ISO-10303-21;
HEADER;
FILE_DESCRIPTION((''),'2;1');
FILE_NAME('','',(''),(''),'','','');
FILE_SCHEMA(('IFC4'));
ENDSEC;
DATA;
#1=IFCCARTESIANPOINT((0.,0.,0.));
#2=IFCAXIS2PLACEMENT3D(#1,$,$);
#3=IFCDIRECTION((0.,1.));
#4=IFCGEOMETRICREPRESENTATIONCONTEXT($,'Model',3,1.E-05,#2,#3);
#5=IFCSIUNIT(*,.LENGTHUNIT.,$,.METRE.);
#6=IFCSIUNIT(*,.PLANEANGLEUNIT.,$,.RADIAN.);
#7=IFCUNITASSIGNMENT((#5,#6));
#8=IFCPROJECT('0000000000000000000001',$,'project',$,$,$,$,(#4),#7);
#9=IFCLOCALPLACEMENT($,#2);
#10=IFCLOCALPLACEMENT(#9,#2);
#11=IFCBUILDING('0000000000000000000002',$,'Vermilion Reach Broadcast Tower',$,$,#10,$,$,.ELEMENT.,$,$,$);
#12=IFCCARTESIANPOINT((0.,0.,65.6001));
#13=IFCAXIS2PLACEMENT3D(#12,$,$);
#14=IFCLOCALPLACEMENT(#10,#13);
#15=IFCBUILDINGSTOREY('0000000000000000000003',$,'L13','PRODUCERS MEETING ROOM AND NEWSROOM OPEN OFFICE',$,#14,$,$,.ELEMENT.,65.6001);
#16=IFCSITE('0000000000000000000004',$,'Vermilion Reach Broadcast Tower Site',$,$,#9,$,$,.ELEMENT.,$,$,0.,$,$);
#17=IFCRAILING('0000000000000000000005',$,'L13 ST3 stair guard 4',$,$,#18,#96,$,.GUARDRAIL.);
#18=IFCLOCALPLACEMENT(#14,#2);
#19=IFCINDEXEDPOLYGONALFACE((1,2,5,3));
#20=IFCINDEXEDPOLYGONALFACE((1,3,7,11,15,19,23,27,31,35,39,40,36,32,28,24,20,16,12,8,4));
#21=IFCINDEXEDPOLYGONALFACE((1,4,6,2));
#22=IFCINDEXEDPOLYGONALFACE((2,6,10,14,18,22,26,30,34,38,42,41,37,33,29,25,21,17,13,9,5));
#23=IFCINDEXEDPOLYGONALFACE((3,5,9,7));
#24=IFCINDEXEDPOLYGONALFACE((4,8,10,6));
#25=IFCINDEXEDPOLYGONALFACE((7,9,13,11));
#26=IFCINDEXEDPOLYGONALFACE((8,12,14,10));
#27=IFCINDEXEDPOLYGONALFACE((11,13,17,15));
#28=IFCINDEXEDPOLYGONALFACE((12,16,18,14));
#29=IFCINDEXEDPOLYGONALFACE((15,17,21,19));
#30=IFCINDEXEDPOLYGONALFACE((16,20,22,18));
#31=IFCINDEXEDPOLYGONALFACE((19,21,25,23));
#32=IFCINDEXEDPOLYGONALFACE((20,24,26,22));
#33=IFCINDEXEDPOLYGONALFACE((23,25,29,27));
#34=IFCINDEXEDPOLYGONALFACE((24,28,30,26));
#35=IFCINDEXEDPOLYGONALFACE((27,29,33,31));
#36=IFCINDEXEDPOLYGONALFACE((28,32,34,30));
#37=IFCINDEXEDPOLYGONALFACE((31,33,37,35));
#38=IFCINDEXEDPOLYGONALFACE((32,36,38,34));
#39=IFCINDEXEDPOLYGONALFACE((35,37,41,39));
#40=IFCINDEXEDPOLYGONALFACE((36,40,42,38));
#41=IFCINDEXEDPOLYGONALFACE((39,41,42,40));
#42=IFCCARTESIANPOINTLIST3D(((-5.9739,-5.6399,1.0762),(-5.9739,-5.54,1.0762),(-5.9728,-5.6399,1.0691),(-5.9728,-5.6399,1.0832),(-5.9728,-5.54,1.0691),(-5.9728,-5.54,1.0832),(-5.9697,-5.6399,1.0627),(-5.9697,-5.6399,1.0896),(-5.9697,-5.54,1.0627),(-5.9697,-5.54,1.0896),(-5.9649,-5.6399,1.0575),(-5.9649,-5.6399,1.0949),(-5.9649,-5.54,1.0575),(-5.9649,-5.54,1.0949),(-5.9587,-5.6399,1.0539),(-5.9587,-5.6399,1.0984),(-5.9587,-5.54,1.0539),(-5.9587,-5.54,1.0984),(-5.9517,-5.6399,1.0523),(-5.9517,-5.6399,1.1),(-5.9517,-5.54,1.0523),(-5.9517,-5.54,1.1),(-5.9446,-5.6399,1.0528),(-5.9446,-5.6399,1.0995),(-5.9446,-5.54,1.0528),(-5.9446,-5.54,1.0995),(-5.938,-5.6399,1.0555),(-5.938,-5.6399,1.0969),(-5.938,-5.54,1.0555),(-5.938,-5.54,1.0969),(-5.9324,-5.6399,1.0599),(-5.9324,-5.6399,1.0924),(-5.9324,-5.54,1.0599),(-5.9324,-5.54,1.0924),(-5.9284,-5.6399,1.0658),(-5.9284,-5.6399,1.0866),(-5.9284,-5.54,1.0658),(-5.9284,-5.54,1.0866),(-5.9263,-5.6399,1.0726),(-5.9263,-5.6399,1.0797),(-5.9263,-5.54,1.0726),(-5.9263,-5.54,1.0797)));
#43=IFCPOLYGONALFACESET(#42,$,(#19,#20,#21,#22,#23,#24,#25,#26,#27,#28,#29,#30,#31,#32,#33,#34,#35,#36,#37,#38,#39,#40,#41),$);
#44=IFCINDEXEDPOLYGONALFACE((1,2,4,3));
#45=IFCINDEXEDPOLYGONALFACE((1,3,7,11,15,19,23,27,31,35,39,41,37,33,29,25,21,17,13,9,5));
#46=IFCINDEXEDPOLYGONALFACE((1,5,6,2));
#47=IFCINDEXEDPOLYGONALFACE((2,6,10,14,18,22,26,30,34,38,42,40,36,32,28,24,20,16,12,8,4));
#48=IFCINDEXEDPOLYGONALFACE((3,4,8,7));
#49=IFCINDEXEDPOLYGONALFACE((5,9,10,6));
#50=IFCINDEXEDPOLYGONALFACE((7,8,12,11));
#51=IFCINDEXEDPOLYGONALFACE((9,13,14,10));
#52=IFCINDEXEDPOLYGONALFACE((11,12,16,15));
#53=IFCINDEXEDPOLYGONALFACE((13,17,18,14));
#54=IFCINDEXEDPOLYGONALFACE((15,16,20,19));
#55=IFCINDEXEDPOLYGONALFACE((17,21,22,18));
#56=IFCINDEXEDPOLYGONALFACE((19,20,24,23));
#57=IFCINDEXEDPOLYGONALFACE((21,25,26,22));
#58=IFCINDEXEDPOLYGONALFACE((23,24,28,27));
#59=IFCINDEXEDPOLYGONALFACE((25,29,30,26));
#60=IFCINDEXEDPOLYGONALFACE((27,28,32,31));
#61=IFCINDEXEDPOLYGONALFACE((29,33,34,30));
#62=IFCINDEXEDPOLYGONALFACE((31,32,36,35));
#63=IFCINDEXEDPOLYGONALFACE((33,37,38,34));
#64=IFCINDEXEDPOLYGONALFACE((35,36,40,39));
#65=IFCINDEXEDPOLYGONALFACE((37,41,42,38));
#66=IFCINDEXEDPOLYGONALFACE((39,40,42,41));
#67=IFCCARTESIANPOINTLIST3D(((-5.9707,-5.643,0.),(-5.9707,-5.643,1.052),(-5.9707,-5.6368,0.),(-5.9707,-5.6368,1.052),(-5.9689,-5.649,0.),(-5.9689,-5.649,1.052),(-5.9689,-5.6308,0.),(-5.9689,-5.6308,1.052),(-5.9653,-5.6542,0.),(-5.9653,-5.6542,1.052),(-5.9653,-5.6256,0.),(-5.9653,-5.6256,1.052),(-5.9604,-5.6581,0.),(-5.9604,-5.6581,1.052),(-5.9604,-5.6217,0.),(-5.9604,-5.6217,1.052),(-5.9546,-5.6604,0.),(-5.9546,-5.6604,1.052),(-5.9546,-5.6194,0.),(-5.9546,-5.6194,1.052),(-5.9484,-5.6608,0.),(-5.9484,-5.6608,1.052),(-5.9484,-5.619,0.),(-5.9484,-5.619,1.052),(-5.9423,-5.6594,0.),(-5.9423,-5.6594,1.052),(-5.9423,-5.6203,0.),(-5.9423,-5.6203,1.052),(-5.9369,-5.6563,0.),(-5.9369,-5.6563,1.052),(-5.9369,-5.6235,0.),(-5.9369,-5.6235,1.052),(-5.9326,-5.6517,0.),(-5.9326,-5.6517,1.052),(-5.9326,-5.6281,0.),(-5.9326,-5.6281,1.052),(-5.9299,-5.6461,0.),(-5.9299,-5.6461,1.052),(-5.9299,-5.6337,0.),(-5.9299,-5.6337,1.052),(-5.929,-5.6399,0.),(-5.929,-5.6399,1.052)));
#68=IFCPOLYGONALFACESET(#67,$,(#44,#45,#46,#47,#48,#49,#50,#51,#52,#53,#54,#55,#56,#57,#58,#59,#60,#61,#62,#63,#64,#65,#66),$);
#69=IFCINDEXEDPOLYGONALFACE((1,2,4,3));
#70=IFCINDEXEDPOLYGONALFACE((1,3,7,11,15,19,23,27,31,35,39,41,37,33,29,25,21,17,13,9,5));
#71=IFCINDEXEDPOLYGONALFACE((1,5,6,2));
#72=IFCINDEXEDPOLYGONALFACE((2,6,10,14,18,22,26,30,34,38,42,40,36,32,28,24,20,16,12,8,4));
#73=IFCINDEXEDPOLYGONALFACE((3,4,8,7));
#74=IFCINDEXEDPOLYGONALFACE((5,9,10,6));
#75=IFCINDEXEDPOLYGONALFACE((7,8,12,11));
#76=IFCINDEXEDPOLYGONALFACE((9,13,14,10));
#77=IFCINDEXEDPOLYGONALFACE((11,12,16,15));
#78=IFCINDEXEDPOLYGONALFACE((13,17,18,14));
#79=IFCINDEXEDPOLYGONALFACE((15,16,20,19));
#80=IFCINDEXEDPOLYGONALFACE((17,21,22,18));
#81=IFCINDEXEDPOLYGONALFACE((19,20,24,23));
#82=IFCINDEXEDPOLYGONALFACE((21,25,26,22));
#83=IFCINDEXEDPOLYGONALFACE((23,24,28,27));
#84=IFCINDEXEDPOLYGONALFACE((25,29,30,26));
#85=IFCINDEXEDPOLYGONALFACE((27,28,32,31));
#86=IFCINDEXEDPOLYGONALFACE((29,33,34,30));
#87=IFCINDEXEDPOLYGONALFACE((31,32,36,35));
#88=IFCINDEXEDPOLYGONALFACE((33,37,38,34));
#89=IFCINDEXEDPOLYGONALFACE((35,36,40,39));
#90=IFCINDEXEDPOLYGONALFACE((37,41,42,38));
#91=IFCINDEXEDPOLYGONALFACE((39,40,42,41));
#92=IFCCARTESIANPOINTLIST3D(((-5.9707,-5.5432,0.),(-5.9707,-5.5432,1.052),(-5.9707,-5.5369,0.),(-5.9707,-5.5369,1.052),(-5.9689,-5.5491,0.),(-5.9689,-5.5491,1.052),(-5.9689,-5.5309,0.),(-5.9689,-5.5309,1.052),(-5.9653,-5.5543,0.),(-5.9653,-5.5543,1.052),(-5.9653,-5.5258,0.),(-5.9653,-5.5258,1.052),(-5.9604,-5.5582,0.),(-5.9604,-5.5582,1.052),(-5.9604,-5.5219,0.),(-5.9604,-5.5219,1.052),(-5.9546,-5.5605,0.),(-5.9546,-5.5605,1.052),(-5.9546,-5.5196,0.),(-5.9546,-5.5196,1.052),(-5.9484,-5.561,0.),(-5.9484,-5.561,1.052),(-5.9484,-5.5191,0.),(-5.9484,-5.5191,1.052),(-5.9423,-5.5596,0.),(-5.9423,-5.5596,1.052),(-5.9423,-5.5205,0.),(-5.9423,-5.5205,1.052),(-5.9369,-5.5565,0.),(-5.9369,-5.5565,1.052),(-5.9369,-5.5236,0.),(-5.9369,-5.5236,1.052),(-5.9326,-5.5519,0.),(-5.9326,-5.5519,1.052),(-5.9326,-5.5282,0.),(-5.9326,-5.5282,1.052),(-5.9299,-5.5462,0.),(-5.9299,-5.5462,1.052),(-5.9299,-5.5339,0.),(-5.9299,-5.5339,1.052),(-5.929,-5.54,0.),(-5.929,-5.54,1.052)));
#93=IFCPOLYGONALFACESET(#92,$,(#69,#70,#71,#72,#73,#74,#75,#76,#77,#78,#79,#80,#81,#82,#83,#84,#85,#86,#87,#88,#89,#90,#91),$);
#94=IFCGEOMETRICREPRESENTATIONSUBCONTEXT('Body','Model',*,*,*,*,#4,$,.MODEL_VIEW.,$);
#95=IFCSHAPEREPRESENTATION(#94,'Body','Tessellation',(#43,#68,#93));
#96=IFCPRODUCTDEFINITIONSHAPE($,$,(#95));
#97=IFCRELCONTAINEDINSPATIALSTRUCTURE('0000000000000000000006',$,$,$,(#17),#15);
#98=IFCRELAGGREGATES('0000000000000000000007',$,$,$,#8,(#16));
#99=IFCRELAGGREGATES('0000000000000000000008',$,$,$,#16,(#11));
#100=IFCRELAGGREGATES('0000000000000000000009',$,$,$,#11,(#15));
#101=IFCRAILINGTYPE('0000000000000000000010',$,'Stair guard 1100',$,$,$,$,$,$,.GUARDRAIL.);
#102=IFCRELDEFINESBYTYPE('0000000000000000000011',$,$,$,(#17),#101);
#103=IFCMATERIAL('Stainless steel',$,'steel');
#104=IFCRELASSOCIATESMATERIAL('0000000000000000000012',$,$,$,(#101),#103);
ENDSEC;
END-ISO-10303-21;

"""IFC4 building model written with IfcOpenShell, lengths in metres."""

from ifc_helpers import new_model, si_unit, direction, frame, origin, origin_2d, place, context, subcontext, project, spatial, circle, extrude, material, type_object, element, save


model = new_model("IFC4")

# Units and contexts
model_context = context("Model", 3, precision=1e-05, world=origin(), true_north=direction((0.0, 1.0)))
body_context = subcontext(model_context, "Body", "Model", "MODEL_VIEW")
ifc_project = project(units=[si_unit("LENGTHUNIT", "METRE"), si_unit("PLANEANGLEUNIT", "RADIAN")], contexts=[model_context])

# Site, building, storey
site_placement = place(None, origin())
site = spatial("IfcSite", under=ifc_project, at=site_placement, Name="Vermilion Reach Broadcast Tower Site", CompositionType="ELEMENT", RefElevation=0.0)
building_placement = place(site_placement, origin())
building = spatial("IfcBuilding", under=site, at=building_placement, Name="Vermilion Reach Broadcast Tower", CompositionType="ELEMENT")
storey_placement = place(building_placement, frame((0.0, 0.0, 65.6001)))
storey = spatial("IfcBuildingStorey", under=building, at=storey_placement, Name="L13", Description="PRODUCERS MEETING ROOM AND NEWSROOM OPEN OFFICE", CompositionType="ELEMENT", Elevation=65.6001)

# Railing
ifc_material_1 = material(Name="Stainless steel", Category="steel")
railing_type_1 = type_object("IfcRailingType", Name="Stair guard 1100", PredefinedType="GUARDRAIL", material=ifc_material_1)
railing_1_placement = place(storey_placement, frame((-5.95, -5.6399, 0.0)))
element("IfcRailing", 1, at=railing_1_placement, inside=storey, type_object=railing_type_1, Name="L13 ST3 stair guard 4", PredefinedType="GUARDRAIL", context=body_context, shape_type="SweptSolid", body=[
    extrude(circle(Radius=0.0239, at=origin_2d()), frame((0.0, 0.0, 1.0762), z_axis=(0.0, 1.0, 0.0), x_axis=(-1.0, 0.0, 0.0)), (0.0, 0.0, 1.0), 0.0999),
    extrude(circle(Radius=0.021, at=origin_2d()), origin(), (0.0, 0.0, 1.0), 1.052),
    extrude(circle(Radius=0.021, at=origin_2d()), frame((0.0, 0.0999, 0.0)), (0.0, 0.0, 1.0), 1.052),
])

save(model, "model.ifc")
